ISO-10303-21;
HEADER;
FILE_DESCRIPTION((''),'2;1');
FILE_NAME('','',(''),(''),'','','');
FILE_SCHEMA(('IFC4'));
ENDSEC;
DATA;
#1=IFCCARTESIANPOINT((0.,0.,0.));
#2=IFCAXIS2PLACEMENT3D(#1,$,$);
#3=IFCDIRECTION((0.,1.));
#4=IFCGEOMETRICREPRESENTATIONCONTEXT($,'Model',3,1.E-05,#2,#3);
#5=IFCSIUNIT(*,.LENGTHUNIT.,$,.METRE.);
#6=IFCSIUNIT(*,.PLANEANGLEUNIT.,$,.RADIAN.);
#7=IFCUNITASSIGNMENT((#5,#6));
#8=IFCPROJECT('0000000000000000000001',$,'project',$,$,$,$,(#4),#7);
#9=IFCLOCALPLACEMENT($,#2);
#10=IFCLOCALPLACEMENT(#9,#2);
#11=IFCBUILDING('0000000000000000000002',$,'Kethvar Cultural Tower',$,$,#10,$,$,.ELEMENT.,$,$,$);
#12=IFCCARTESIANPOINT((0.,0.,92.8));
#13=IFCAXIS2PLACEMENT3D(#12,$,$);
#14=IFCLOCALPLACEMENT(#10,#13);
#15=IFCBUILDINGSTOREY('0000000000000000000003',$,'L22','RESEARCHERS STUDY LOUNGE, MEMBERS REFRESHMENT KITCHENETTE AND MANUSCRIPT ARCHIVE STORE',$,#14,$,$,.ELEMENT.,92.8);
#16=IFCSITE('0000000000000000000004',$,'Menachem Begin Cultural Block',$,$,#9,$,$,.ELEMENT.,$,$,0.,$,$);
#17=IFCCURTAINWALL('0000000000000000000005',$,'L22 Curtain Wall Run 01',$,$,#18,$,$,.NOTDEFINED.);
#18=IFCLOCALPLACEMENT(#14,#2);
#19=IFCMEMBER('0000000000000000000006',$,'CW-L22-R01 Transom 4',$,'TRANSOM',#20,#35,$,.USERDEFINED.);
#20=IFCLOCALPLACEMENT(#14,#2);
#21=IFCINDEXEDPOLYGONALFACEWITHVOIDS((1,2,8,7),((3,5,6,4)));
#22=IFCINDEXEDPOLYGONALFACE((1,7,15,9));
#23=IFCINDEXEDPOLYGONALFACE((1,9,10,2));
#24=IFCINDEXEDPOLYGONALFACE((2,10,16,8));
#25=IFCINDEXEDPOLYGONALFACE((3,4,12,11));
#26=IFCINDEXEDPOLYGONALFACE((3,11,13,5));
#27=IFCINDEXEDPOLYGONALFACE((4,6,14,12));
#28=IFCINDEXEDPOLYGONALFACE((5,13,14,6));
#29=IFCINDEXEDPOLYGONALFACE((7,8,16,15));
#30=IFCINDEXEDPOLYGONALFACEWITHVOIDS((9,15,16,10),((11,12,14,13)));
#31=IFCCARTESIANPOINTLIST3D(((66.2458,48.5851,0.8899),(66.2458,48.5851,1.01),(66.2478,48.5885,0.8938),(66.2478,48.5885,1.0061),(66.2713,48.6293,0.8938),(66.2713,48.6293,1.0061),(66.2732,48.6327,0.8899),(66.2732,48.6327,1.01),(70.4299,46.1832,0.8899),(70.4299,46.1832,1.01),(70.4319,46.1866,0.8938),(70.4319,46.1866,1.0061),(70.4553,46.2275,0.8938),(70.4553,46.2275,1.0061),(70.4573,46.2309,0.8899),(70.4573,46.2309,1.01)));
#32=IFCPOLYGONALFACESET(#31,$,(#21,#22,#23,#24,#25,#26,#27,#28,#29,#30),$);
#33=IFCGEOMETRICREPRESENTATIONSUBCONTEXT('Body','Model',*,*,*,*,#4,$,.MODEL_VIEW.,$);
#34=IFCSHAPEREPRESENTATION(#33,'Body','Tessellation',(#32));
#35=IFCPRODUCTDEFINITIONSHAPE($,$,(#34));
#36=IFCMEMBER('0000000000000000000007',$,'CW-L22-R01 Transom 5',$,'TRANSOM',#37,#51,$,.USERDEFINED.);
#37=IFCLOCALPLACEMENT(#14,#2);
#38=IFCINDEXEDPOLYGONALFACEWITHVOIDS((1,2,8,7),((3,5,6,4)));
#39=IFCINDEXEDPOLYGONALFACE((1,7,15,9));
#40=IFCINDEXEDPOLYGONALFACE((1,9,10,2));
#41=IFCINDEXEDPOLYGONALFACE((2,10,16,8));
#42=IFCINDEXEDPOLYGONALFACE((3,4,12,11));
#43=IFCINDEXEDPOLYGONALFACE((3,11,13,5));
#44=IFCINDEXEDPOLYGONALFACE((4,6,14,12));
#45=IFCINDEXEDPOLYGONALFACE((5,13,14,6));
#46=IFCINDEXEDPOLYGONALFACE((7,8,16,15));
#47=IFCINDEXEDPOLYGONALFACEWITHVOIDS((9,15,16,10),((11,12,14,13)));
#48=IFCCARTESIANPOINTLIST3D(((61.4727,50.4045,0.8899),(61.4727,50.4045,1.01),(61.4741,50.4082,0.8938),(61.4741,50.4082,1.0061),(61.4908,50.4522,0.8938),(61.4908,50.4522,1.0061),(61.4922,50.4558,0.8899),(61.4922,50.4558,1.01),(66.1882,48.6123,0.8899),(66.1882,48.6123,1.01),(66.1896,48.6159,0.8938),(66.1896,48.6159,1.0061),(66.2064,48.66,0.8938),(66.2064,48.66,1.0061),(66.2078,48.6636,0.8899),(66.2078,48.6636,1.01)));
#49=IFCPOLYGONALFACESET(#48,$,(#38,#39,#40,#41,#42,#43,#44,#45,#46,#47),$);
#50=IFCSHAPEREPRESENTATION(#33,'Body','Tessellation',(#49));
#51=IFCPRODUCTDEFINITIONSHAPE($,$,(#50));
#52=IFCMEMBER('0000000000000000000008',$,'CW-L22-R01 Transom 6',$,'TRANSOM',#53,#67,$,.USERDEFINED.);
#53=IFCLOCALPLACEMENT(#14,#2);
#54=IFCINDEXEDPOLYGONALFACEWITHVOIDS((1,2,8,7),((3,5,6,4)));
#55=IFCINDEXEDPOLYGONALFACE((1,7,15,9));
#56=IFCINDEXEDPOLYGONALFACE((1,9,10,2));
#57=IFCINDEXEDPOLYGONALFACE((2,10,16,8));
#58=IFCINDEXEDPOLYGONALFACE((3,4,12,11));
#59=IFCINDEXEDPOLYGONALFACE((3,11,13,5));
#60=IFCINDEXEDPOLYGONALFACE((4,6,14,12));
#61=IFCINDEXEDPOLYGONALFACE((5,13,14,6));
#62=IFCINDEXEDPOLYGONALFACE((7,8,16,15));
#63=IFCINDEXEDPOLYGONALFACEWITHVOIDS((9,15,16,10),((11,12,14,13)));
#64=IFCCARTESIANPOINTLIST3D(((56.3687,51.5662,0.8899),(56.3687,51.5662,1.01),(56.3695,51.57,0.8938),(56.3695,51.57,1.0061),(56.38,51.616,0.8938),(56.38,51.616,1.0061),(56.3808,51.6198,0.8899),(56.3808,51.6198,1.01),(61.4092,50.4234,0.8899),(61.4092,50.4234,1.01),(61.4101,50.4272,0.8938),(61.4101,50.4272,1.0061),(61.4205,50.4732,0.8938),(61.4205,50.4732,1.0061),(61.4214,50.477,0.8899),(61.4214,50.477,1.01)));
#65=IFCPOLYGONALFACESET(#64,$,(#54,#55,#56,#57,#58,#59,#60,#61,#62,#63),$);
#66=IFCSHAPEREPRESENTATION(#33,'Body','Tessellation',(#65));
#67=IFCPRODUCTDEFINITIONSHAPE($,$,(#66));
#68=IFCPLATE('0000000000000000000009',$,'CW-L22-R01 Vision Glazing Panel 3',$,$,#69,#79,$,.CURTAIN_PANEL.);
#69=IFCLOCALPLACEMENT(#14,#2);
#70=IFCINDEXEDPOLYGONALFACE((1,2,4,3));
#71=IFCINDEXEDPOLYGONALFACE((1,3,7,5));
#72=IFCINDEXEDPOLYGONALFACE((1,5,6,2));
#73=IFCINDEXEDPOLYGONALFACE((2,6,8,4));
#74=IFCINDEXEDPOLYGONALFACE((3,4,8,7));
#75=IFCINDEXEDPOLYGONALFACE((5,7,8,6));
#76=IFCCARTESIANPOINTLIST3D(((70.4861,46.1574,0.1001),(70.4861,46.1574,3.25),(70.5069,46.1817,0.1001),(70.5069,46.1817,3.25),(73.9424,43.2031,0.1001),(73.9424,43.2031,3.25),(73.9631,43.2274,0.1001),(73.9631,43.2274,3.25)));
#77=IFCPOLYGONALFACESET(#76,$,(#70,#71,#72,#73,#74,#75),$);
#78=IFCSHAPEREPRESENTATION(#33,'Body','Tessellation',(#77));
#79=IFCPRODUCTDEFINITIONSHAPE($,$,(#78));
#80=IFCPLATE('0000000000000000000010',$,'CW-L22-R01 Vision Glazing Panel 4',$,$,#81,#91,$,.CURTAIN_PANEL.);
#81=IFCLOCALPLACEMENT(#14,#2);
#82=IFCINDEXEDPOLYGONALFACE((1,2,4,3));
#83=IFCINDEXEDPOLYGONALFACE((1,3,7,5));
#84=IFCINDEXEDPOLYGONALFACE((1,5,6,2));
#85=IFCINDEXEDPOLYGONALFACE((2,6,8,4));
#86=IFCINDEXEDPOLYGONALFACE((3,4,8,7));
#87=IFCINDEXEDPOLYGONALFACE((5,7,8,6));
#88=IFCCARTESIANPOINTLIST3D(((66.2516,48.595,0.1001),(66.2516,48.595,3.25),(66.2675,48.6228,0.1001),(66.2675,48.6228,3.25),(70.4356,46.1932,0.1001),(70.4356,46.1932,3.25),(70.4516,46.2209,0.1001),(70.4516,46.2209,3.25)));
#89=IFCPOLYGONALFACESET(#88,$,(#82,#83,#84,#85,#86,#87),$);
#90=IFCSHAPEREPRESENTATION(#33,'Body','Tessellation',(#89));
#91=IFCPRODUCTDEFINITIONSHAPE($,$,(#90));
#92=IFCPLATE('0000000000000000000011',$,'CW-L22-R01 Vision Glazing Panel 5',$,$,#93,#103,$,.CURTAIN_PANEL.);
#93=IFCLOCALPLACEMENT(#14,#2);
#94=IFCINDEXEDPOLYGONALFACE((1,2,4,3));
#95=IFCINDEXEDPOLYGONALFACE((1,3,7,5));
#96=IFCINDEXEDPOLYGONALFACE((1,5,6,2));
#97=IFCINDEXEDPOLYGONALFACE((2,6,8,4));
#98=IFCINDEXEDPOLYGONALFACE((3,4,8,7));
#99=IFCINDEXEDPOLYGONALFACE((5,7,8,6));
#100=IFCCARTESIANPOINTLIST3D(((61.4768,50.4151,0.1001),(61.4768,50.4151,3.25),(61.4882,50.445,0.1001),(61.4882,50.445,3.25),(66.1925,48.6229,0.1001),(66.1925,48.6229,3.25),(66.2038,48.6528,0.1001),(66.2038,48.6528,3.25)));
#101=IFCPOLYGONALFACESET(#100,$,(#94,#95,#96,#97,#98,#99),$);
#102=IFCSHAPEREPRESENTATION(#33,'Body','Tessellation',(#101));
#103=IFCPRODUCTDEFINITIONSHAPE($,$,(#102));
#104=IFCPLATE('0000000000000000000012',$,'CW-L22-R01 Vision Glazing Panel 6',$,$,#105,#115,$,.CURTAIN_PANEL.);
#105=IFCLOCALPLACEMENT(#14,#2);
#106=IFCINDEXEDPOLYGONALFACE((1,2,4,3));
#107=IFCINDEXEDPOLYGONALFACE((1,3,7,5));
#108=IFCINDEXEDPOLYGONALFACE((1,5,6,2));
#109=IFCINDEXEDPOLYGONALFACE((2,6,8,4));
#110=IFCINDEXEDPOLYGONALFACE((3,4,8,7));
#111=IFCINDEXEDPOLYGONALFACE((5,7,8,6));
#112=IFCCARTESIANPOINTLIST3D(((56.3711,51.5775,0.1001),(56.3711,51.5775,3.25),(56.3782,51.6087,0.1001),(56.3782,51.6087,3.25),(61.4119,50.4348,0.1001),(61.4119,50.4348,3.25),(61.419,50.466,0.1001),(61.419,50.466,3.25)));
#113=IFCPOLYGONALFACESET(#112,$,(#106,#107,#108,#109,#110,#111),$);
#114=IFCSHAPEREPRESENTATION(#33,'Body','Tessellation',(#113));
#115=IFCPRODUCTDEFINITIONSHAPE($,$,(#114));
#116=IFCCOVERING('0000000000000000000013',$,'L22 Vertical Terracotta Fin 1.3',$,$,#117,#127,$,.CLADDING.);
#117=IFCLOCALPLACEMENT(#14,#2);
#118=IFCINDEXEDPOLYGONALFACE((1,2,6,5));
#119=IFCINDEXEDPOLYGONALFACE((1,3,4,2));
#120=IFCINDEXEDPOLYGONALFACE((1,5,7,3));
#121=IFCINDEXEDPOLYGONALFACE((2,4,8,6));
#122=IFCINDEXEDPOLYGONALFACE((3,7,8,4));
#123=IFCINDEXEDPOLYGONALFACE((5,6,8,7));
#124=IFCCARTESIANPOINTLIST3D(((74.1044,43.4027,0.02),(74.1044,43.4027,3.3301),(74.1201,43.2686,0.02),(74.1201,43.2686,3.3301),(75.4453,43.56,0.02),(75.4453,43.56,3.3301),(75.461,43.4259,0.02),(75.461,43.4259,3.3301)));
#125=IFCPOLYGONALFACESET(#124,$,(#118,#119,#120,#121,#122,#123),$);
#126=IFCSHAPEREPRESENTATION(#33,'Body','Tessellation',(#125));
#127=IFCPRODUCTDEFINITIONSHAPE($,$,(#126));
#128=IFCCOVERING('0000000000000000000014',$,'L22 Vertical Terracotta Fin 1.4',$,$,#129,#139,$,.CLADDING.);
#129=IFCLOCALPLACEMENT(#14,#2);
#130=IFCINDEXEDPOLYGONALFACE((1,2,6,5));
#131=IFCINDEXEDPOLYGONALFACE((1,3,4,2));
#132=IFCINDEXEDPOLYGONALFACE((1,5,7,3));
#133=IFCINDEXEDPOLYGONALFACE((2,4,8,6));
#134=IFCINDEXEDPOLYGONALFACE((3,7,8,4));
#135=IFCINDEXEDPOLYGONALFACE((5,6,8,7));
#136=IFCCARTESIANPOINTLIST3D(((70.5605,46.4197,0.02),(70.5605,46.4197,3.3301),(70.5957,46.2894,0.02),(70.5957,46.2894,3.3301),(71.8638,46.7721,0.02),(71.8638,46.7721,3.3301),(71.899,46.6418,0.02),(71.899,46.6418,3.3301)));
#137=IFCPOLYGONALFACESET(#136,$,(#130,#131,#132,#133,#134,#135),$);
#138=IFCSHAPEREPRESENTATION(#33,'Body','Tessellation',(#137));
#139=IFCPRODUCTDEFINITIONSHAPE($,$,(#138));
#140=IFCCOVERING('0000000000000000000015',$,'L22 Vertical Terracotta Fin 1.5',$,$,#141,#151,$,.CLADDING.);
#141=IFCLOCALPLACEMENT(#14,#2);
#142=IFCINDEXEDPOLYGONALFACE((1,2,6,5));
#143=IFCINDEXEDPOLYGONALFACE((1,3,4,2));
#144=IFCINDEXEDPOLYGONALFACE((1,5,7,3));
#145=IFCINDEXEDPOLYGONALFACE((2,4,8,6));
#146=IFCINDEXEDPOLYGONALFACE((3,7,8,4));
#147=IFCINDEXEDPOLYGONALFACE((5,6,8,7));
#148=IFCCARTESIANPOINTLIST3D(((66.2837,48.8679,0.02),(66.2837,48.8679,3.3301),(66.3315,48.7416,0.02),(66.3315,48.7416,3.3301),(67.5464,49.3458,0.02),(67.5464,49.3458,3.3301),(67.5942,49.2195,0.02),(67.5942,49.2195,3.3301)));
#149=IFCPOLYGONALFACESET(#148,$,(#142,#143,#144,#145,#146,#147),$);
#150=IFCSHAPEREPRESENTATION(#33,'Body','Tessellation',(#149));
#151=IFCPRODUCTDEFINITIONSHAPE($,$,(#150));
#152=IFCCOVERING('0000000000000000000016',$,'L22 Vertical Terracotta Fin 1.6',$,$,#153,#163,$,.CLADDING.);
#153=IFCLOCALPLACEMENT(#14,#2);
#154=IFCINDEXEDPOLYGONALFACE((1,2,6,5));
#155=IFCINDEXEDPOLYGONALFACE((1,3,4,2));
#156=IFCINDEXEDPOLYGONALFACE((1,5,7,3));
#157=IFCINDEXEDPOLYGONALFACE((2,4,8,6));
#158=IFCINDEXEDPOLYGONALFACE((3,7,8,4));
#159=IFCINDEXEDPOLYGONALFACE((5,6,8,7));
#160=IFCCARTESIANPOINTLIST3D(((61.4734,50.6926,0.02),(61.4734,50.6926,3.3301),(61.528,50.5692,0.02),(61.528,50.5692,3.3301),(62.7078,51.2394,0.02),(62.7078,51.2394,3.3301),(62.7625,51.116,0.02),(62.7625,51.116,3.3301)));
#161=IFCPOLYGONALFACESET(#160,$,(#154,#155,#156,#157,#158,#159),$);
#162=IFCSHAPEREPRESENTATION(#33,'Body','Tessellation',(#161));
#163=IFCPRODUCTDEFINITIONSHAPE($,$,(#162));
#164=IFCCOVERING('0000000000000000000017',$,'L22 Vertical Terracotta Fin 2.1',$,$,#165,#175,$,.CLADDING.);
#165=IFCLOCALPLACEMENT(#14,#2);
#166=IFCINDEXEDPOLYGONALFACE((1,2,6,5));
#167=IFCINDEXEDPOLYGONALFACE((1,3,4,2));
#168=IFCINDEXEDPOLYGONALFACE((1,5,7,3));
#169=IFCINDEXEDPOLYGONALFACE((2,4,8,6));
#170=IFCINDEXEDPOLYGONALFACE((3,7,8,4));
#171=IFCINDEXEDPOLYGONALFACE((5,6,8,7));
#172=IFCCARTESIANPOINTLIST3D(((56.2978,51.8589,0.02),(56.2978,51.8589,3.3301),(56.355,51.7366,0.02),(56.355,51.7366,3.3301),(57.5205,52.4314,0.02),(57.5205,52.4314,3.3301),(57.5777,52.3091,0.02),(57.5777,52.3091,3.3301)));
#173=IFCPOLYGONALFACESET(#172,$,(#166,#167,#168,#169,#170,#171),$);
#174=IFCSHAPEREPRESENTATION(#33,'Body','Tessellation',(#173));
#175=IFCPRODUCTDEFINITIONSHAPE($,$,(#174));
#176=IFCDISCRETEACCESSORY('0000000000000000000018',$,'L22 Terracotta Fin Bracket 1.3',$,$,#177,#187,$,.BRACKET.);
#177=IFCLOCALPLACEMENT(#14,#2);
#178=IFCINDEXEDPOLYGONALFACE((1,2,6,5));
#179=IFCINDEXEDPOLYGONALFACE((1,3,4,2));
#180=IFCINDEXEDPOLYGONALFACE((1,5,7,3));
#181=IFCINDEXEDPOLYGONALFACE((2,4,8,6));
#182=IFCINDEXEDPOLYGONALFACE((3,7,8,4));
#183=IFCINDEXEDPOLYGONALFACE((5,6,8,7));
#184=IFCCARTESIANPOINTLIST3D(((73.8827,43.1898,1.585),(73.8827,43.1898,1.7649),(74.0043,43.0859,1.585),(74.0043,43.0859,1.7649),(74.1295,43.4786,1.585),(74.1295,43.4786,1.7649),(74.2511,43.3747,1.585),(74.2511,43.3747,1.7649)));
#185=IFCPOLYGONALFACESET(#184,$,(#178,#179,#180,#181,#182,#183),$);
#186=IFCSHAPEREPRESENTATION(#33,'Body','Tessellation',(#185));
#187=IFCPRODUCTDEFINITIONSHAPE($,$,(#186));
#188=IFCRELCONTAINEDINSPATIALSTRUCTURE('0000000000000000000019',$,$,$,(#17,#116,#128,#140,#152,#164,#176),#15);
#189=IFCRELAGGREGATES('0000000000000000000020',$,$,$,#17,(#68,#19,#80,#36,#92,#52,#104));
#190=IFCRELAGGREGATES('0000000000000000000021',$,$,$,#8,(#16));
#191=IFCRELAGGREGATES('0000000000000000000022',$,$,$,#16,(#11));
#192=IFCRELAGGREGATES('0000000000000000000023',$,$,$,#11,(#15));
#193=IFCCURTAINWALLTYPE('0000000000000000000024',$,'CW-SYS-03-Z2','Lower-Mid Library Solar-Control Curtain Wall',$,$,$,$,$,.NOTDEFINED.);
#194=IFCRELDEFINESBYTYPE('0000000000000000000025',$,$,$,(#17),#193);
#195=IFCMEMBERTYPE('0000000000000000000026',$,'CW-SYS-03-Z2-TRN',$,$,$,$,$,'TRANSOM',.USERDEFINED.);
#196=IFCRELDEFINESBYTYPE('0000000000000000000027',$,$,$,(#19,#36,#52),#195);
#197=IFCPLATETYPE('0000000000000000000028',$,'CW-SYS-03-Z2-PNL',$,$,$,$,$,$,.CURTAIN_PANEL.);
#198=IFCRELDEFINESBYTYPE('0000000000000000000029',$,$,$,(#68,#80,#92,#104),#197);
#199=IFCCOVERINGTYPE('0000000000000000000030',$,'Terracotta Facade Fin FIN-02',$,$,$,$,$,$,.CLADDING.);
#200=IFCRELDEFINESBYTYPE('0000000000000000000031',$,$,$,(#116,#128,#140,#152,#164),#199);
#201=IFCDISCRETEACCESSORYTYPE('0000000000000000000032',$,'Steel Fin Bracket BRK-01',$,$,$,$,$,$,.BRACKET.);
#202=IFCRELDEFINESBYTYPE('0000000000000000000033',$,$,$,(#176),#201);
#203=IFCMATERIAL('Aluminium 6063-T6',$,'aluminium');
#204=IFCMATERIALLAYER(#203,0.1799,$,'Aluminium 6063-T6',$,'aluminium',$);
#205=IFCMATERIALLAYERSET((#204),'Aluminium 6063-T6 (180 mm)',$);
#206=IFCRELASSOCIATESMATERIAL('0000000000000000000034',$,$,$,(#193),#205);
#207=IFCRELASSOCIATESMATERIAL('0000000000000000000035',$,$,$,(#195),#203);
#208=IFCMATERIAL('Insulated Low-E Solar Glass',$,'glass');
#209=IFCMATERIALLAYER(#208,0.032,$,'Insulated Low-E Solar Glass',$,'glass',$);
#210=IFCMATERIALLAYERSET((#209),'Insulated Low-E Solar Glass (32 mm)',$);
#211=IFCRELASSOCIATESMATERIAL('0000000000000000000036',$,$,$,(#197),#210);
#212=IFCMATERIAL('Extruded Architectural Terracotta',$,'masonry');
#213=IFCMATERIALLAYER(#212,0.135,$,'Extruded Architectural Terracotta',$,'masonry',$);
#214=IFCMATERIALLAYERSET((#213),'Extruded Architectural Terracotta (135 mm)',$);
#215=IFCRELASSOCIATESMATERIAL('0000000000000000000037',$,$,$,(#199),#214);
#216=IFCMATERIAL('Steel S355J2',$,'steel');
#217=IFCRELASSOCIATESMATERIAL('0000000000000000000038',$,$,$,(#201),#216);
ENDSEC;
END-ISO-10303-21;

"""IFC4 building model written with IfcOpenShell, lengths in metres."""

from ifc_helpers import new_model, si_unit, direction, frame, origin, origin_2d, place, context, subcontext, project, spatial, rectangle, hollow_rectangle, extrude, source, transform, mapped, material, layer, layer_set, material_profile, profile_set, type_object, element, aggregate, save


model = new_model("IFC4")

# Units and contexts
model_context = context("Model", 3, precision=1e-05, world=origin(), true_north=direction((0.0, 1.0)))
body_context = subcontext(model_context, "Body", "Model", "MODEL_VIEW")
ifc_project = project(units=[si_unit("LENGTHUNIT", "METRE"), si_unit("PLANEANGLEUNIT", "RADIAN")], contexts=[model_context])

# Site, building, storey
site_placement = place(None, origin())
site = spatial("IfcSite", under=ifc_project, at=site_placement, Name="Menachem Begin Cultural Block", CompositionType="ELEMENT", RefElevation=0.0)
building_placement = place(site_placement, origin())
building = spatial("IfcBuilding", under=site, at=building_placement, Name="Kethvar Cultural Tower", CompositionType="ELEMENT")
storey_placement = place(building_placement, frame((0.0, 0.0, 92.8)))
storey = spatial("IfcBuildingStorey", under=building, at=storey_placement, Name="L22", Description="RESEARCHERS STUDY LOUNGE, MEMBERS REFRESHMENT KITCHENETTE AND MANUSCRIPT ARCHIVE STORE", CompositionType="ELEMENT", Elevation=92.8)

# Shared definitions
ifc_material_1 = material(Name="Steel S355J2", Category="steel")

# Curtain wall, members, plates
ifc_material_2 = material(Name="Aluminium 6063-T6", Category="aluminium")
ifc_layer_1 = layer(ifc_material_2, 0.1799, Name="Aluminium 6063-T6", Category="aluminium")
ifc_layer_set_1 = layer_set([ifc_layer_1], Name="Aluminium 6063-T6 (180 mm)")
curtain_wall_type = type_object("IfcCurtainWallType", Name="CW-SYS-03-Z2", Description="Lower-Mid Library Solar-Control Curtain Wall", PredefinedType="NOTDEFINED", material=ifc_layer_set_1)
curtain_wall_placement = place(storey_placement, origin())
curtain_wall = element("IfcCurtainWall", 1, at=curtain_wall_placement, inside=storey, type_object=curtain_wall_type, Name="L22 Curtain Wall Run 01", PredefinedType="NOTDEFINED")
ifc_material_profile_1 = material_profile(ifc_material_2, hollow_rectangle(XDim=0.0549, YDim=0.1201, WallThickness=0.0039, at=origin_2d()), Name="Aluminium 6063-T6 — RHS120x55x4")
ifc_profile_set_1 = profile_set([ifc_material_profile_1], Name="Aluminium 6063-T6 — RHS120x55x4")
member_type_1 = type_object("IfcMemberType", Name="CW-SYS-03-Z2-TRN", ElementType="TRANSOM", PredefinedType="USERDEFINED", material=ifc_profile_set_1)
shared_shape_1 = source(origin(), body_context, "Body", "SweptSolid", [
    extrude(hollow_rectangle(XDim=0.0549, YDim=0.1201, WallThickness=0.0039, at=origin_2d()), origin(), (0.0, 0.0, 1.0), 4.8245),
])
member_1_placement = place(storey_placement, frame((70.4436, 46.207, 0.95), z_axis=(-0.867264, 0.497849, 0.0), x_axis=(-0.497849, -0.867264, 0.0)))
member_1 = element("IfcMember", 2, at=member_1_placement, type_object=member_type_1, Name="CW-L22-R01 Transom 4", ObjectType="TRANSOM", PredefinedType="USERDEFINED", context=body_context, shape_type="MappedRepresentation", body=[
    mapped(shared_shape_1, transform((0.0, 0.0, 0.0), scale=1.0)),
])
shared_shape_2 = source(origin(), body_context, "Body", "SweptSolid", [
    extrude(hollow_rectangle(XDim=0.0549, YDim=0.1201, WallThickness=0.0039, at=origin_2d()), origin(), (0.0, 0.0, 1.0), 5.0447),
])
member_2_placement = place(storey_placement, frame((66.198, 48.6379, 0.95), z_axis=(-0.934763, 0.355273, 0.0), x_axis=(-0.355273, -0.934763, 0.0)))
member_2 = element("IfcMember", 3, at=member_2_placement, type_object=member_type_1, Name="CW-L22-R01 Transom 5", ObjectType="TRANSOM", PredefinedType="USERDEFINED", context=body_context, shape_type="MappedRepresentation", body=[
    mapped(shared_shape_2, transform((0.0, 0.0, 0.0), scale=1.0)),
])
shared_shape_3 = source(origin(), body_context, "Body", "SweptSolid", [
    extrude(hollow_rectangle(XDim=0.0549, YDim=0.1201, WallThickness=0.0039, at=origin_2d()), origin(), (0.0, 0.0, 1.0), 5.1685),
])
member_3_placement = place(storey_placement, frame((61.4153, 50.4502, 0.95), z_axis=(-0.975248, 0.221115, 0.0), x_axis=(-0.221115, -0.975248, 0.0)))
member_3 = element("IfcMember", 4, at=member_3_placement, type_object=member_type_1, Name="CW-L22-R01 Transom 6", ObjectType="TRANSOM", PredefinedType="USERDEFINED", context=body_context, shape_type="MappedRepresentation", body=[
    mapped(shared_shape_3, transform((0.0, 0.0, 0.0), scale=1.0)),
])
ifc_material_3 = material(Name="Insulated Low-E Solar Glass", Category="glass")
ifc_layer_2 = layer(ifc_material_3, 0.032, Name="Insulated Low-E Solar Glass", Category="glass")
ifc_layer_set_2 = layer_set([ifc_layer_2], Name="Insulated Low-E Solar Glass (32 mm)")
plate_type = type_object("IfcPlateType", Name="CW-SYS-03-Z2-PNL", PredefinedType="CURTAIN_PANEL", material=ifc_layer_set_2)
shared_shape_4 = source(origin(), body_context, "Body", "SweptSolid", [
    extrude(rectangle(XDim=4.5469, YDim=0.032, at=origin_2d()), origin(), (0.0, 0.0, 1.0), 3.1499),
])
plate_1_placement = place(storey_placement, frame((72.2246, 44.6924, 0.1001), z_axis=(0.0, 0.0, 1.0), x_axis=(-0.760145, 0.649753, 0.0)))
plate_1 = element("IfcPlate", 5, at=plate_1_placement, type_object=plate_type, Name="CW-L22-R01 Vision Glazing Panel 3", PredefinedType="CURTAIN_PANEL", context=body_context, shape_type="MappedRepresentation", body=[
    mapped(shared_shape_4, transform((0.0, 0.0, 0.0), scale=1.0)),
])
shared_shape_5 = source(origin(), body_context, "Body", "SweptSolid", [
    extrude(rectangle(XDim=4.8245, YDim=0.032, at=origin_2d()), origin(), (0.0, 0.0, 1.0), 3.1499),
])
plate_2_placement = place(storey_placement, frame((68.3516, 47.408, 0.1001), z_axis=(0.0, 0.0, 1.0), x_axis=(-0.867262, 0.497852, 0.0)))
plate_2 = element("IfcPlate", 6, at=plate_2_placement, type_object=plate_type, Name="CW-L22-R01 Vision Glazing Panel 4", PredefinedType="CURTAIN_PANEL", context=body_context, shape_type="MappedRepresentation", body=[
    mapped(shared_shape_5, transform((0.0, 0.0, 0.0), scale=1.0)),
])
shared_shape_6 = source(origin(), body_context, "Body", "SweptSolid", [
    extrude(rectangle(XDim=5.0447, YDim=0.032, at=origin_2d()), origin(), (0.0, 0.0, 1.0), 3.1499),
])
plate_3_placement = place(storey_placement, frame((63.8403, 49.5339, 0.1001), z_axis=(0.0, 0.0, 1.0), x_axis=(-0.93477, 0.355254, 0.0)))
plate_3 = element("IfcPlate", 7, at=plate_3_placement, type_object=plate_type, Name="CW-L22-R01 Vision Glazing Panel 5", PredefinedType="CURTAIN_PANEL", context=body_context, shape_type="MappedRepresentation", body=[
    mapped(shared_shape_6, transform((0.0, 0.0, 0.0), scale=1.0)),
])
shared_shape_7 = source(origin(), body_context, "Body", "SweptSolid", [
    extrude(rectangle(XDim=5.1687, YDim=0.032, at=origin_2d()), origin(), (0.0, 0.0, 1.0), 3.1499),
])
plate_4_placement = place(storey_placement, frame((58.895, 51.0217, 0.1001), z_axis=(0.0, 0.0, 1.0), x_axis=(-0.975254, 0.221089, 0.0)))
plate_4 = element("IfcPlate", 8, at=plate_4_placement, type_object=plate_type, Name="CW-L22-R01 Vision Glazing Panel 6", PredefinedType="CURTAIN_PANEL", context=body_context, shape_type="MappedRepresentation", body=[
    mapped(shared_shape_7, transform((0.0, 0.0, 0.0), scale=1.0)),
])
aggregate(curtain_wall, [plate_1, member_1, plate_2, member_2, plate_3, member_3, plate_4])

# Coverings
ifc_material_4 = material(Name="Extruded Architectural Terracotta", Category="masonry")
ifc_layer_3 = layer(ifc_material_4, 0.135, Name="Extruded Architectural Terracotta", Category="masonry")
ifc_layer_set_3 = layer_set([ifc_layer_3], Name="Extruded Architectural Terracotta (135 mm)")
covering_type = type_object("IfcCoveringType", Name="Terracotta Facade Fin FIN-02", PredefinedType="CLADDING", material=ifc_layer_set_3)
shared_shape_8 = source(origin(), body_context, "Body", "SweptSolid", [
    extrude(rectangle(XDim=1.3501, YDim=0.135, at=origin_2d()), origin(), (0.0, 0.0, 1.0), 3.3101),
])
for number, where, z_axis, x_axis, name in (
    (9, (74.7827, 43.4143, 0.02), (0.0, 0.0, 1.0), (0.993191, 0.116497, 0.0), "L22 Vertical Terracotta Fin 1.3"),
    (10, (71.2297, 46.5308, 0.02), (0.0, 0.0, 1.0), (0.965336, 0.26101, 0.0), "L22 Vertical Terracotta Fin 1.4"),
    (11, (66.939, 49.0437, 0.02), (0.0, 0.0, 1.0), (0.935259, 0.353965, 0.0), "L22 Vertical Terracotta Fin 1.5"),
    (12, (62.1179, 50.9043, 0.02), (0.0, 0.0, 1.0), (0.914325, 0.404982, 0.0), "L22 Vertical Terracotta Fin 1.6"),
    (13, (56.9377, 52.084, 0.02), (0.0, 0.0, 1.0), (0.905643, 0.424041, 0.0), "L22 Vertical Terracotta Fin 2.1"),
):
    element("IfcCovering", number, at=place(storey_placement, frame(where, z_axis=z_axis, x_axis=x_axis)), inside=storey, type_object=covering_type, Name=name, PredefinedType="CLADDING", context=body_context, shape_type="MappedRepresentation", body=[
        mapped(shared_shape_8, transform((0.0, 0.0, 0.0), scale=1.0)),
    ])

# Discrete accessory
discrete_accessory_type = type_object("IfcDiscreteAccessoryType", Name="Steel Fin Bracket BRK-01", PredefinedType="BRACKET", material=ifc_material_1)
shared_shape_9 = source(origin(), body_context, "Body", "SweptSolid", [
    extrude(rectangle(XDim=0.3799, YDim=0.1599, at=origin_2d()), origin(), (0.0, 0.0, 1.0), 0.1799),
])
for number, where, z_axis, x_axis, name in (
    (14, (74.0669, 43.2822, 1.585), (0.0, 0.0, 1.0), (0.649713, 0.760179, 0.0), "L22 Terracotta Fin Bracket 1.3"),
):
    element("IfcDiscreteAccessory", number, at=place(storey_placement, frame(where, z_axis=z_axis, x_axis=x_axis)), inside=storey, type_object=discrete_accessory_type, Name=name, PredefinedType="BRACKET", context=body_context, shape_type="MappedRepresentation", body=[
        mapped(shared_shape_9, transform((0.0, 0.0, 0.0), scale=1.0)),
    ])

save(model, "model.ifc")
